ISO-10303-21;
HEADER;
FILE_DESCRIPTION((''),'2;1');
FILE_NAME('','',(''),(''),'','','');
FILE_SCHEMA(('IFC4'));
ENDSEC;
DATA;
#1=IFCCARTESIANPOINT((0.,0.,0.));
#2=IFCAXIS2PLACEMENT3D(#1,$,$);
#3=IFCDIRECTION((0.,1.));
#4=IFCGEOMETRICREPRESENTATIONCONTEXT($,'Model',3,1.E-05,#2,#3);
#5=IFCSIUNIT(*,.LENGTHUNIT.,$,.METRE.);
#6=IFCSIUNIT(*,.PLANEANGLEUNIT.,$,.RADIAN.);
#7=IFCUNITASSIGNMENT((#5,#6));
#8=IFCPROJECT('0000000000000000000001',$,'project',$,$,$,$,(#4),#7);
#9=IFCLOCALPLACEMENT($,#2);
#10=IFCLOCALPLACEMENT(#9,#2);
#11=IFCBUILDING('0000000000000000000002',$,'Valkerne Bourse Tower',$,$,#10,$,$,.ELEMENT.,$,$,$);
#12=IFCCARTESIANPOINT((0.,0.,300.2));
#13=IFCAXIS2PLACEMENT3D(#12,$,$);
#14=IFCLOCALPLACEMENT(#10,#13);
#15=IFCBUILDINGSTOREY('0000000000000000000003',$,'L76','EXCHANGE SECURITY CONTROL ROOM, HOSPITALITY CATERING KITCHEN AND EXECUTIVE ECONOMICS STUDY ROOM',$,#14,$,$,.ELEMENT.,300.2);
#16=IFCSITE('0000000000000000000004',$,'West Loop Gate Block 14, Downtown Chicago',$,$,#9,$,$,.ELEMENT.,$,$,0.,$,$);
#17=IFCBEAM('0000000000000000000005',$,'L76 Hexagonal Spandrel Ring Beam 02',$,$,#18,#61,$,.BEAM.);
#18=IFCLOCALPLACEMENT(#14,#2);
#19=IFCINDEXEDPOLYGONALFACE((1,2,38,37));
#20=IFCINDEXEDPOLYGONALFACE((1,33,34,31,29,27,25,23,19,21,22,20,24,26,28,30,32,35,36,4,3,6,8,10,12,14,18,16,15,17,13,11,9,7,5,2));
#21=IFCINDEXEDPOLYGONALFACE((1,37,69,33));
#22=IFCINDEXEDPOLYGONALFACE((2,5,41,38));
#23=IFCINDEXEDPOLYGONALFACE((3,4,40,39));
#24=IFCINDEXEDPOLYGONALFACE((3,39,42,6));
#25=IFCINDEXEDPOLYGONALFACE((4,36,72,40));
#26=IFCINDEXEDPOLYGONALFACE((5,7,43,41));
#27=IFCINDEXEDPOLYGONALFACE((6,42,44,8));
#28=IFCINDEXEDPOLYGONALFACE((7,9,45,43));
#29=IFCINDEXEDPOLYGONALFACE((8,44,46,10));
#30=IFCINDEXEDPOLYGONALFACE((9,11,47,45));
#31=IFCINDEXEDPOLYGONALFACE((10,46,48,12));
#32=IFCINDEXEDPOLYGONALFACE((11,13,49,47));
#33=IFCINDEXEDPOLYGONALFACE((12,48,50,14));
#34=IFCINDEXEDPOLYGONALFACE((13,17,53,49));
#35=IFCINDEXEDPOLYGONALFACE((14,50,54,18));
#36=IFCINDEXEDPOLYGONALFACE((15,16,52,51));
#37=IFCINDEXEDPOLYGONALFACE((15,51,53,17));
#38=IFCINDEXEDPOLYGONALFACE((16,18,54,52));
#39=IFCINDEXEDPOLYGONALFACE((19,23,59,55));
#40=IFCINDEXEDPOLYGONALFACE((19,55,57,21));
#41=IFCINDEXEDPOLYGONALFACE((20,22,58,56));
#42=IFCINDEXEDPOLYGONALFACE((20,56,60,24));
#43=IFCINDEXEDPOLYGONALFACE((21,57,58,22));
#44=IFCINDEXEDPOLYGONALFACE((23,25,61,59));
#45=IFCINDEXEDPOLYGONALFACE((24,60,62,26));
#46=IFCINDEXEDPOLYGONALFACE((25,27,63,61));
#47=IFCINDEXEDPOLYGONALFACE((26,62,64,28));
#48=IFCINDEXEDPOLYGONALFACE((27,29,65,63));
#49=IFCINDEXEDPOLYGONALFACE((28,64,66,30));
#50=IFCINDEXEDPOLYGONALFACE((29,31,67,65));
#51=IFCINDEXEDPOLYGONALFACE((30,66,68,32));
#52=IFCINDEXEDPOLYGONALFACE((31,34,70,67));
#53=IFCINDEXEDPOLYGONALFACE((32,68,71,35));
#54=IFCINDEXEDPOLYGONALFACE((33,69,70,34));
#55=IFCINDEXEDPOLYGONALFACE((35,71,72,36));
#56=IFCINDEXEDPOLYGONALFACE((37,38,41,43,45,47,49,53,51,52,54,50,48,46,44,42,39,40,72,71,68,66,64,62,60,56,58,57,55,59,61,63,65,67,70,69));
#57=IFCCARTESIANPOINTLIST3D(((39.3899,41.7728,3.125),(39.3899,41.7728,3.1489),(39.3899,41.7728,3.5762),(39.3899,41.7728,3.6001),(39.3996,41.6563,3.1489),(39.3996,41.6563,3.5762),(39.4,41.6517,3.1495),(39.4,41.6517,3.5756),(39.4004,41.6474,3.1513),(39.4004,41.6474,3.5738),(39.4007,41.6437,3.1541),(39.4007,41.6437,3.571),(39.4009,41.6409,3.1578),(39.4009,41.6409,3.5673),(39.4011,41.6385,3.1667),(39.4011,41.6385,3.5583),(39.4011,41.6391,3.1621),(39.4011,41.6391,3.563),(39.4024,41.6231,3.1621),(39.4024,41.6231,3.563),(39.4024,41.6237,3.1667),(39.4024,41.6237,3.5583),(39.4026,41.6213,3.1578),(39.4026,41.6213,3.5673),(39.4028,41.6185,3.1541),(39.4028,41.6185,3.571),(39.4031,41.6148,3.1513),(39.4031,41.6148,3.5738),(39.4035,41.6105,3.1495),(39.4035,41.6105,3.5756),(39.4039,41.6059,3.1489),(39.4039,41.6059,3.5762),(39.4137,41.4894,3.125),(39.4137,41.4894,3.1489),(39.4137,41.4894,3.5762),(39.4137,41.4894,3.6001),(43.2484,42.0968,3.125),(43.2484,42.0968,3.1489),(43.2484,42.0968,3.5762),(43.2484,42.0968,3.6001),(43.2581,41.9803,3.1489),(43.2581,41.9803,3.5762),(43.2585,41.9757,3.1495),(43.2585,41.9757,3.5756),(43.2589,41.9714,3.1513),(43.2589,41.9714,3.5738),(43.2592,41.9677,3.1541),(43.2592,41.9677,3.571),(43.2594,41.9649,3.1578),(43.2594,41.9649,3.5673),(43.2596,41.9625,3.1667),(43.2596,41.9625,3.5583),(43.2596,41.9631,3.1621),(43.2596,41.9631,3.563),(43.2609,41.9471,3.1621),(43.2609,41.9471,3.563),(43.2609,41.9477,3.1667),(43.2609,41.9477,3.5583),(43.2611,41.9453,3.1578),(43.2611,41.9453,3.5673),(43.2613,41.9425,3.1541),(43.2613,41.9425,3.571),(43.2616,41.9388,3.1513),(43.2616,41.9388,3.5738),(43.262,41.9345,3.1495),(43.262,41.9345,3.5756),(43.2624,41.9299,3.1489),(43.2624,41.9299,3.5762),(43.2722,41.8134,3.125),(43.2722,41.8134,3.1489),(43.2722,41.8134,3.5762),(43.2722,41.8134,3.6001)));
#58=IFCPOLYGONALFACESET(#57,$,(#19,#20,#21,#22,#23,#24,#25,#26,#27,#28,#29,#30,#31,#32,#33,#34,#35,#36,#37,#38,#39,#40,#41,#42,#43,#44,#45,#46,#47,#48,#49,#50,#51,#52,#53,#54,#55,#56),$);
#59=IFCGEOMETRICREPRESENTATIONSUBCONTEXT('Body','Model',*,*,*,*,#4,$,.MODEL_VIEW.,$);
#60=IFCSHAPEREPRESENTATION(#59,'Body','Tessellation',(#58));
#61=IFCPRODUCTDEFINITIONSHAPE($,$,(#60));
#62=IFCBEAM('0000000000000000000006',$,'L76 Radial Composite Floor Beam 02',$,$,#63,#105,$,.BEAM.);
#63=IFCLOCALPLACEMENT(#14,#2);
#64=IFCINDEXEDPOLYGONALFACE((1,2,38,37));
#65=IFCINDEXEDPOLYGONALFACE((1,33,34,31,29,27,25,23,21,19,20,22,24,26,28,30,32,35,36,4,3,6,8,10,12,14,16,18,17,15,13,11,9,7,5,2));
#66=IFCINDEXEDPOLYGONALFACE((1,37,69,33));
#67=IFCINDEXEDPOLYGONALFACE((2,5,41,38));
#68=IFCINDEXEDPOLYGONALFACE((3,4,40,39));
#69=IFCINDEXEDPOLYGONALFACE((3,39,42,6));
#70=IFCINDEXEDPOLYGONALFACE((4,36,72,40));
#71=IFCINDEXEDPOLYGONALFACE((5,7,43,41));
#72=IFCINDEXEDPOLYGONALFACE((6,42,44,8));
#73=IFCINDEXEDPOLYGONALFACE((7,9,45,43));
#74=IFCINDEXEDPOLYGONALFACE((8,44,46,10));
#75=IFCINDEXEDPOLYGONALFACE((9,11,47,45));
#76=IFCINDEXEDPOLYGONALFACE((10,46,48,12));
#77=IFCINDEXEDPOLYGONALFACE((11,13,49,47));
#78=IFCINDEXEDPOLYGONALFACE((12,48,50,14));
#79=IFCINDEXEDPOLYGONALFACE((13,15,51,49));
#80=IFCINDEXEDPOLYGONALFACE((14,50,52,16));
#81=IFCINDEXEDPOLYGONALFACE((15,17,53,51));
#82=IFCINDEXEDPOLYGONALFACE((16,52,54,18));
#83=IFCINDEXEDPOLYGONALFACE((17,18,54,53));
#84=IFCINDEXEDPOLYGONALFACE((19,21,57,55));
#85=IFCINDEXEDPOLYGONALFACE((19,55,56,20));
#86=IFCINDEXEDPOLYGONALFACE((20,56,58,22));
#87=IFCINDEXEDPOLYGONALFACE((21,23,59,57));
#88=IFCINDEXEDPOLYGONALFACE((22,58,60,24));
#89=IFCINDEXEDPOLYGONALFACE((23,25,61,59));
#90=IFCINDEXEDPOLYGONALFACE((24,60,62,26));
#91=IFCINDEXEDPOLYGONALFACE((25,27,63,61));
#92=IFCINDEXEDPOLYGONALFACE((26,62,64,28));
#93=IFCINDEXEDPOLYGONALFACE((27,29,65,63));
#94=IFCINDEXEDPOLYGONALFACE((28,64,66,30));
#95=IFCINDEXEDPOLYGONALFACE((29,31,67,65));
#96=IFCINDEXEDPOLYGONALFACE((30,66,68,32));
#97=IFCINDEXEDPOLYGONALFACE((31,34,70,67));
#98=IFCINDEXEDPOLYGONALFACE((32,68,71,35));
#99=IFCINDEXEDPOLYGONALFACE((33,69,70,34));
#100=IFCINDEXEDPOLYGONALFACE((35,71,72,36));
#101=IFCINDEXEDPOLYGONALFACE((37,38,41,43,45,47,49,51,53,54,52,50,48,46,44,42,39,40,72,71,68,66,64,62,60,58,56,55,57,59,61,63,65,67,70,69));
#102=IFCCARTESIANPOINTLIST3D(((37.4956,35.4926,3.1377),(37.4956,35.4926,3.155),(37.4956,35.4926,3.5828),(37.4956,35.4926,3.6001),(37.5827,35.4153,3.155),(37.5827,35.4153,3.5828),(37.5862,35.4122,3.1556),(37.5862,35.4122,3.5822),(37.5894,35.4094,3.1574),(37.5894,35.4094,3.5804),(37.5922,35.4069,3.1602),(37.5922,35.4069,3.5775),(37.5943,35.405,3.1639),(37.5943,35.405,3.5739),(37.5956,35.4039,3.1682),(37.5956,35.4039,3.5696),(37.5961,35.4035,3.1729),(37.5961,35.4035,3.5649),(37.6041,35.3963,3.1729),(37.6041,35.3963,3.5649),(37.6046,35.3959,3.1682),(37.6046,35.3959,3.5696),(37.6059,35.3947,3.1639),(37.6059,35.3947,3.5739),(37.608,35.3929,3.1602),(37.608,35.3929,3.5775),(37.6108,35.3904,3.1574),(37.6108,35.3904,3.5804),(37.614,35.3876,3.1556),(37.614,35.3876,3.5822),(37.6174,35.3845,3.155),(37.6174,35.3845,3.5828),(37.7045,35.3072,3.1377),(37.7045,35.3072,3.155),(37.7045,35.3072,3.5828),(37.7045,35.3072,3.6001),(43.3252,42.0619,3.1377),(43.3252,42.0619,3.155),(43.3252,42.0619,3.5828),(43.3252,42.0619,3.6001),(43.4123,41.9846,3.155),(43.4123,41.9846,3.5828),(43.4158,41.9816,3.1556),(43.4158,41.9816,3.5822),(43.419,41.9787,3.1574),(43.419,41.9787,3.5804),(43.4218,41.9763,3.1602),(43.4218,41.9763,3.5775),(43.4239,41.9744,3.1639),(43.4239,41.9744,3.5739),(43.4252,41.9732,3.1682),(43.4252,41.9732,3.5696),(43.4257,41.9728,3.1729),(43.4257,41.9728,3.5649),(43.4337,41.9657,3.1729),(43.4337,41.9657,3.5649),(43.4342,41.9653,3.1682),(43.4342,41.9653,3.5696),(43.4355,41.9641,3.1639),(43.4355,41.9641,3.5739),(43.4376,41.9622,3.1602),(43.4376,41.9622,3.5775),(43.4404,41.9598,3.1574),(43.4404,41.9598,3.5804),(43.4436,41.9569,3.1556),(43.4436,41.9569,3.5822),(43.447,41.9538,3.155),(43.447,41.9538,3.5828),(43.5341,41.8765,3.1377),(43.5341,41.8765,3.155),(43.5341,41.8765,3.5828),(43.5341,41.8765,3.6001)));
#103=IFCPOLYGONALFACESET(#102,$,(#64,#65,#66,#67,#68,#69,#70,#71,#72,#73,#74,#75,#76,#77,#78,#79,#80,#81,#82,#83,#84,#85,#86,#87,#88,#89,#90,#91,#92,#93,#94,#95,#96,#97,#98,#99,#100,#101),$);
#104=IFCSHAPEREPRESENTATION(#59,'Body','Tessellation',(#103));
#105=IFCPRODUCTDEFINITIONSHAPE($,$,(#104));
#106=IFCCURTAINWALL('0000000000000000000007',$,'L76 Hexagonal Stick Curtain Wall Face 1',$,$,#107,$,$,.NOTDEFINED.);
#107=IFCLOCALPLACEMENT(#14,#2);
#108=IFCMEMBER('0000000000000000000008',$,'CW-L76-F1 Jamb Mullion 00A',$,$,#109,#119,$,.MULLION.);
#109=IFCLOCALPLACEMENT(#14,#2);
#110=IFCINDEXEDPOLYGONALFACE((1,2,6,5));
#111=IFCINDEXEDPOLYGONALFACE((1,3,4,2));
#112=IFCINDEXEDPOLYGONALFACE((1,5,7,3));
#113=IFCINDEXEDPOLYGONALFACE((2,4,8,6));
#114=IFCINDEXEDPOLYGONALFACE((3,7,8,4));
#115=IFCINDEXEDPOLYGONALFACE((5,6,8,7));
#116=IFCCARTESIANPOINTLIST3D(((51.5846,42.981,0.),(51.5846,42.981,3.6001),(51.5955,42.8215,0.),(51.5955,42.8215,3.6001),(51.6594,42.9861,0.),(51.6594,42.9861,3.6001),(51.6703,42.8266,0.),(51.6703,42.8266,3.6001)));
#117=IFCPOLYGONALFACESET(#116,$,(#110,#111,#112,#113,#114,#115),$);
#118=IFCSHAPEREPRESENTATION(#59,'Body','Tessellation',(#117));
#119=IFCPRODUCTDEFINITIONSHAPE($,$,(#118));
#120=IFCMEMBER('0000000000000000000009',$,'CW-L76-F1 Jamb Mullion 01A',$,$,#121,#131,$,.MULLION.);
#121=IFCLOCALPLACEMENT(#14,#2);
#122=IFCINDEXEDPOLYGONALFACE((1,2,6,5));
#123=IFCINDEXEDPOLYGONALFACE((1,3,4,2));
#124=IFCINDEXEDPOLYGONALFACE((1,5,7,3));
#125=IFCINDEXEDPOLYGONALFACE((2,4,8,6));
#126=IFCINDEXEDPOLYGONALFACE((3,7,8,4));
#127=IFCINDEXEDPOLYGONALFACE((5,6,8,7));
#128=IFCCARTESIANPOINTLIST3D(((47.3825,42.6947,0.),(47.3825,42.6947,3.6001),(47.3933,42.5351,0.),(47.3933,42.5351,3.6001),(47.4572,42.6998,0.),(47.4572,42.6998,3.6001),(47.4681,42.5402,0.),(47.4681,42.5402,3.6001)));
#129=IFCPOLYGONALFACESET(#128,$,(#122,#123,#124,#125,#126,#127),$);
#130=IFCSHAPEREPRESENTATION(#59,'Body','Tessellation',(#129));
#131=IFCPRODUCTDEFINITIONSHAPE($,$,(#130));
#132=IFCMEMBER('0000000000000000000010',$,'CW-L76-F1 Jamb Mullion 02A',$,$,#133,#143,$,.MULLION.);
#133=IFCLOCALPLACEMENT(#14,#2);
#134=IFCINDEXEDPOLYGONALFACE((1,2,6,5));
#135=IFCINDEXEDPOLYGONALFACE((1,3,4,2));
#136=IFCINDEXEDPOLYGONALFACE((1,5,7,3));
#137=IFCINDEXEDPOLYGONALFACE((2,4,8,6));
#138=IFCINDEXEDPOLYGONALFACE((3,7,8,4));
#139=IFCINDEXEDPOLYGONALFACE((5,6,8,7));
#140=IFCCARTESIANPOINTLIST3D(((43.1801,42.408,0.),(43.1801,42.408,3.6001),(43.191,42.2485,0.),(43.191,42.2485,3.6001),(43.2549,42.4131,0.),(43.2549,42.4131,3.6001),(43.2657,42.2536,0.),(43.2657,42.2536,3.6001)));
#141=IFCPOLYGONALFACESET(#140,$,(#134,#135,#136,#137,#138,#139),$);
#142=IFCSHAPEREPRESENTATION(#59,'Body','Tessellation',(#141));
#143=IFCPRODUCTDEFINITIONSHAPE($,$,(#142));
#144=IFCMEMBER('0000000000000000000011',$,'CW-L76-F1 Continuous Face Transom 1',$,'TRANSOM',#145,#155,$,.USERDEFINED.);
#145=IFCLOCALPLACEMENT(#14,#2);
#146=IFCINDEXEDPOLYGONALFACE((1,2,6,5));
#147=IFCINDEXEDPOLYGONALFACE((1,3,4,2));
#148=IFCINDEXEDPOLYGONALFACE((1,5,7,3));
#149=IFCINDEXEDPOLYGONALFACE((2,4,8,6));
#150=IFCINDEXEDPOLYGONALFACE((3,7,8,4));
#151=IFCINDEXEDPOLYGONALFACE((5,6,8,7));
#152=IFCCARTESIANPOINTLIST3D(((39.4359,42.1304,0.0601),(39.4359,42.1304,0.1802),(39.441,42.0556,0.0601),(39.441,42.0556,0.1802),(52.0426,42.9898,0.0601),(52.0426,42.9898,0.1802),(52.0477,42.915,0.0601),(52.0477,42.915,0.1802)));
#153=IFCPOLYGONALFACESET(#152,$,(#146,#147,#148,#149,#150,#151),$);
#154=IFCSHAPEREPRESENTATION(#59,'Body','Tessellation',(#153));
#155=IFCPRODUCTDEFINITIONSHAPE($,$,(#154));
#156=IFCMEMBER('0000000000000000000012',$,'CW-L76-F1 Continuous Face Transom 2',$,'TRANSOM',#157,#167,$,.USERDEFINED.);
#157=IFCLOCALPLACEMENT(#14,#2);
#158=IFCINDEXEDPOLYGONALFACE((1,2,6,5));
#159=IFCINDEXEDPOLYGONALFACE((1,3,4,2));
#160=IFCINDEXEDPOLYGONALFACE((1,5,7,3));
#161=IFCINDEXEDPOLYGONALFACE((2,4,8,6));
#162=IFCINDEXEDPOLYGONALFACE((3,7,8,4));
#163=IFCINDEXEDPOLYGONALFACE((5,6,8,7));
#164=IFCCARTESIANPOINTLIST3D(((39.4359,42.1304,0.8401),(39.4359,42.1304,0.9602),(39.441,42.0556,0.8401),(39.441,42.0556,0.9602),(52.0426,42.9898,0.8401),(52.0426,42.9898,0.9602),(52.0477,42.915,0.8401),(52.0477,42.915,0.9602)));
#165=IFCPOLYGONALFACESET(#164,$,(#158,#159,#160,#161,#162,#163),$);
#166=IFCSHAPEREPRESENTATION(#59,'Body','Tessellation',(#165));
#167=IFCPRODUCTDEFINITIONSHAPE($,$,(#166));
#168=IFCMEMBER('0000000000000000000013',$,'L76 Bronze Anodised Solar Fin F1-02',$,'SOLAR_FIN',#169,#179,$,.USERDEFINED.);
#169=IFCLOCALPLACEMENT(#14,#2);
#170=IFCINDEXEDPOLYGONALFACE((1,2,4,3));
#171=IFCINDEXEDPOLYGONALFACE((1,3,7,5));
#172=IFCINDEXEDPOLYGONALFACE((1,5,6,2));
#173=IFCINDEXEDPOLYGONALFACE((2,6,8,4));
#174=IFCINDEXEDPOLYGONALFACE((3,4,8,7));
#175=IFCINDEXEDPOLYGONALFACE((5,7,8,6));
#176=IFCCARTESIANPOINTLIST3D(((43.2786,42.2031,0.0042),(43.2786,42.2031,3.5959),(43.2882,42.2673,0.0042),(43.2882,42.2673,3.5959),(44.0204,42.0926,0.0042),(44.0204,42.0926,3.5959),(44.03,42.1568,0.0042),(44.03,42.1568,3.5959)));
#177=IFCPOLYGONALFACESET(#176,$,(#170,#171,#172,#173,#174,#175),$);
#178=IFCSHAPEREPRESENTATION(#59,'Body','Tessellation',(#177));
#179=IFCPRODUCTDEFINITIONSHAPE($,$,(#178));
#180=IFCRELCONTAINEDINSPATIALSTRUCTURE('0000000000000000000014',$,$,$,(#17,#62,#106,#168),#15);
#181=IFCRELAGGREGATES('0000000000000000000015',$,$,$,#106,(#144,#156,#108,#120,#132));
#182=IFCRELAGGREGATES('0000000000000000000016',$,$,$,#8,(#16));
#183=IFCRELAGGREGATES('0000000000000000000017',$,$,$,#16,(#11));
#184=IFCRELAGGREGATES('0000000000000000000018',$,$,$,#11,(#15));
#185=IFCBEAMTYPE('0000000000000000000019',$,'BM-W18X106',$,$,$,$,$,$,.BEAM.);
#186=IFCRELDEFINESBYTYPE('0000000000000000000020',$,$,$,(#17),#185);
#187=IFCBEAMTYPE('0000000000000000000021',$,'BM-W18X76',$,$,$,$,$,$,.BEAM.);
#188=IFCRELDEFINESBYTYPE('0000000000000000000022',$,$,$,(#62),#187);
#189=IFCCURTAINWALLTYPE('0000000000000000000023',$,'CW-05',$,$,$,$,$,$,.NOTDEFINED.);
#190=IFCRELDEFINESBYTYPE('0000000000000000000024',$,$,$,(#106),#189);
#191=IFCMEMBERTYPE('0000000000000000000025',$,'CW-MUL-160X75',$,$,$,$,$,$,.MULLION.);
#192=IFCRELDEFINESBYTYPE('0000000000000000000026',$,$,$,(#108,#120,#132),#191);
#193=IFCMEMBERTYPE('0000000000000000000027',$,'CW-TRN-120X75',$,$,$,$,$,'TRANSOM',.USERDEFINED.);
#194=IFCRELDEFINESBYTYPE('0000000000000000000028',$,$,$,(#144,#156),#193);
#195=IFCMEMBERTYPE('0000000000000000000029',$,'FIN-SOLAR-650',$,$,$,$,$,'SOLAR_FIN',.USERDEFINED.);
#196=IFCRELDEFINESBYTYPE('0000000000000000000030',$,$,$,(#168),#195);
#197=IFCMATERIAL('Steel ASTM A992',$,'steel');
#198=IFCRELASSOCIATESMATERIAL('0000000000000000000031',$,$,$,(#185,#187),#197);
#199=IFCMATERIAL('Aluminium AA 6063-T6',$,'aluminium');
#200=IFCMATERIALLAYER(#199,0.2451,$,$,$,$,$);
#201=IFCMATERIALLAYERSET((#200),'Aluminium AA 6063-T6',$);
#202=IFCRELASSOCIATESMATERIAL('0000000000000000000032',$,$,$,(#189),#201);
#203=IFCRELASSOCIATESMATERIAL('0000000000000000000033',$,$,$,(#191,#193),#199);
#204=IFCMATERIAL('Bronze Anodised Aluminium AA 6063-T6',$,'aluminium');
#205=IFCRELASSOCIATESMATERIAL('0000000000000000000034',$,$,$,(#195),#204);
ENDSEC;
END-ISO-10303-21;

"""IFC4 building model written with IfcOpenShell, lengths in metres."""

from ifc_helpers import new_model, si_unit, direction, frame, origin, origin_2d, place, context, subcontext, project, spatial, rectangle, i_section, extrude, material, layer, layer_set, material_profile, profile_set, type_object, element, aggregate, save


model = new_model("IFC4")

# Units and contexts
model_context = context("Model", 3, precision=1e-05, world=origin(), true_north=direction((0.0, 1.0)))
body_context = subcontext(model_context, "Body", "Model", "MODEL_VIEW")
ifc_project = project(units=[si_unit("LENGTHUNIT", "METRE"), si_unit("PLANEANGLEUNIT", "RADIAN")], contexts=[model_context])

# Site, building, storey
site_placement = place(None, origin())
site = spatial("IfcSite", under=ifc_project, at=site_placement, Name="West Loop Gate Block 14, Downtown Chicago", CompositionType="ELEMENT", RefElevation=0.0)
building_placement = place(site_placement, origin())
building = spatial("IfcBuilding", under=site, at=building_placement, Name="Valkerne Bourse Tower", CompositionType="ELEMENT")
storey_placement = place(building_placement, frame((0.0, 0.0, 300.2)))
storey = spatial("IfcBuildingStorey", under=building, at=storey_placement, Name="L76", Description="EXCHANGE SECURITY CONTROL ROOM, HOSPITALITY CATERING KITCHEN AND EXECUTIVE ECONOMICS STUDY ROOM", CompositionType="ELEMENT", Elevation=300.2)

# Beams
ifc_material_1 = material(Name="Steel ASTM A992", Category="steel")
ifc_material_profile_1 = material_profile(ifc_material_1, i_section(OverallWidth=0.2844, OverallDepth=0.4751, WebThickness=0.0149, FlangeThickness=0.0239, FilletRadius=0.0178, at=origin_2d()), Name="W18X106")
ifc_profile_set_1 = profile_set([ifc_material_profile_1], Name="Steel ASTM A992")
beam_type_1 = type_object("IfcBeamType", Name="BM-W18X106", PredefinedType="BEAM", material=ifc_profile_set_1)
for number, where, z_axis, x_axis, name in (
    (1, (43.2603, 41.9551, 3.3625), (-0.996493, -0.083672, 0.0), (0.083672, -0.996493, 0.0), "L76 Hexagonal Spandrel Ring Beam 02"),
):
    element("IfcBeam", number, at=place(storey_placement, frame(where, z_axis=z_axis, x_axis=x_axis)), inside=storey, type_object=beam_type_1, Name=name, PredefinedType="BEAM", context=body_context, shape_type="SweptSolid", body=[
        extrude(i_section(OverallWidth=0.2844, OverallDepth=0.4751, WebThickness=0.0149, FlangeThickness=0.0239, FilletRadius=0.0178, at=origin_2d()), origin(), (0.0, 0.0, 1.0), 3.8721),
    ])
ifc_material_profile_2 = material_profile(ifc_material_1, i_section(OverallWidth=0.2793, OverallDepth=0.4624, WebThickness=0.0107, FlangeThickness=0.0173, FilletRadius=0.0178, at=origin_2d()), Name="W18X76")
ifc_profile_set_2 = profile_set([ifc_material_profile_2], Name="Steel ASTM A992")
beam_type_2 = type_object("IfcBeamType", Name="BM-W18X76", PredefinedType="BEAM", material=ifc_profile_set_2)
beam_placement = place(storey_placement, frame((43.4297, 41.9692, 3.3689), z_axis=(-0.663739, -0.747964, 0.0), x_axis=(0.747964, -0.663739, 0.0)))
element("IfcBeam", 2, at=beam_placement, inside=storey, type_object=beam_type_2, Name="L76 Radial Composite Floor Beam 02", PredefinedType="BEAM", context=body_context, shape_type="SweptSolid", body=[
    extrude(i_section(OverallWidth=0.2793, OverallDepth=0.4624, WebThickness=0.0107, FlangeThickness=0.0173, FilletRadius=0.0178, at=origin_2d()), origin(), (0.0, 0.0, 1.0), 8.783),
])

# Curtain wall, members
ifc_material_2 = material(Name="Aluminium AA 6063-T6", Category="aluminium")
ifc_layer_1 = layer(ifc_material_2, 0.2451)
ifc_layer_set_1 = layer_set([ifc_layer_1], Name="Aluminium AA 6063-T6")
curtain_wall_type = type_object("IfcCurtainWallType", Name="CW-05", PredefinedType="NOTDEFINED", material=ifc_layer_set_1)
curtain_wall_placement = place(storey_placement, origin())
curtain_wall = element("IfcCurtainWall", 3, at=curtain_wall_placement, inside=storey, type_object=curtain_wall_type, Name="L76 Hexagonal Stick Curtain Wall Face 1", PredefinedType="NOTDEFINED")
ifc_material_profile_3 = material_profile(ifc_material_2, rectangle(XDim=0.075, YDim=0.1599, at=origin_2d()), Name="CWM-75X160")
ifc_profile_set_3 = profile_set([ifc_material_profile_3], Name="Aluminium AA 6063-T6")
member_type_1 = type_object("IfcMemberType", Name="CW-MUL-160X75", PredefinedType="MULLION", material=ifc_profile_set_3)
member_1_placement = place(storey_placement, frame((51.6274, 42.9038, 0.0), z_axis=(0.0, 0.0, 1.0), x_axis=(-0.997684, -0.068021, 0.0)))
member_1 = element("IfcMember", 4, at=member_1_placement, type_object=member_type_1, Name="CW-L76-F1 Jamb Mullion 00A", PredefinedType="MULLION", context=body_context, shape_type="SweptSolid", body=[
    extrude(rectangle(XDim=0.075, YDim=0.1599, at=origin_2d()), origin(), (0.0, 0.0, 1.0), 3.6001),
])
member_2_placement = place(storey_placement, frame((47.4253, 42.6174, 0.0), z_axis=(0.0, 0.0, 1.0), x_axis=(-0.997684, -0.068019, 0.0)))
member_2 = element("IfcMember", 5, at=member_2_placement, type_object=member_type_1, Name="CW-L76-F1 Jamb Mullion 01A", PredefinedType="MULLION", context=body_context, shape_type="SweptSolid", body=[
    extrude(rectangle(XDim=0.075, YDim=0.1599, at=origin_2d()), origin(), (0.0, 0.0, 1.0), 3.6001),
])
member_3_placement = place(storey_placement, frame((43.2229, 42.3308, 0.0), z_axis=(0.0, 0.0, 1.0), x_axis=(-0.997684, -0.068021, 0.0)))
member_3 = element("IfcMember", 6, at=member_3_placement, type_object=member_type_1, Name="CW-L76-F1 Jamb Mullion 02A", PredefinedType="MULLION", context=body_context, shape_type="SweptSolid", body=[
    extrude(rectangle(XDim=0.075, YDim=0.1599, at=origin_2d()), origin(), (0.0, 0.0, 1.0), 3.6001),
])
ifc_material_profile_4 = material_profile(ifc_material_2, rectangle(XDim=0.075, YDim=0.1201, at=origin_2d()), Name="CWT-75X120")
ifc_profile_set_4 = profile_set([ifc_material_profile_4], Name="Aluminium AA 6063-T6")
member_type_2 = type_object("IfcMemberType", Name="CW-TRN-120X75", ElementType="TRANSOM", PredefinedType="USERDEFINED", material=ifc_profile_set_4)
member_4_placement = place(storey_placement, frame((52.0452, 42.9524, 0.1201), z_axis=(-0.997685, -0.06801, 0.0), x_axis=(0.06801, -0.997685, 0.0)))
member_4 = element("IfcMember", 7, at=member_4_placement, type_object=member_type_2, Name="CW-L76-F1 Continuous Face Transom 1", ObjectType="TRANSOM", PredefinedType="USERDEFINED", context=body_context, shape_type="SweptSolid", body=[
    extrude(rectangle(XDim=0.075, YDim=0.1201, at=origin_2d()), origin(), (0.0, 0.0, 1.0), 12.636),
])
member_5_placement = place(storey_placement, frame((52.0452, 42.9524, 0.9001), z_axis=(-0.997685, -0.06801, 0.0), x_axis=(0.06801, -0.997685, 0.0)))
member_5 = element("IfcMember", 8, at=member_5_placement, type_object=member_type_2, Name="CW-L76-F1 Continuous Face Transom 2", ObjectType="TRANSOM", PredefinedType="USERDEFINED", context=body_context, shape_type="SweptSolid", body=[
    extrude(rectangle(XDim=0.075, YDim=0.1201, at=origin_2d()), origin(), (0.0, 0.0, 1.0), 12.636),
])

# Member
ifc_material_3 = material(Name="Bronze Anodised Aluminium AA 6063-T6", Category="aluminium")
ifc_material_profile_5 = material_profile(ifc_material_3, rectangle(XDim=0.0649, YDim=0.75, at=origin_2d()), Name="FIN-65X750")
ifc_profile_set_5 = profile_set([ifc_material_profile_5], Name="Bronze Anodised Aluminium AA 6063-T6")
member_type_3 = type_object("IfcMemberType", Name="FIN-SOLAR-650", ElementType="SOLAR_FIN", PredefinedType="USERDEFINED", material=ifc_profile_set_5)
member_6_placement = place(storey_placement, frame((43.6543, 42.1799, 0.0042), z_axis=(0.0, 0.0, 1.0), x_axis=(0.147333, 0.989087, 0.0)))
element("IfcMember", 9, at=member_6_placement, inside=storey, type_object=member_type_3, Name="L76 Bronze Anodised Solar Fin F1-02", ObjectType="SOLAR_FIN", PredefinedType="USERDEFINED", context=body_context, shape_type="SweptSolid", body=[
    extrude(rectangle(XDim=0.0649, YDim=0.75, at=origin_2d()), origin(), (0.0, 0.0, 1.0), 3.5918),
])

aggregate(curtain_wall, [member_4, member_5, member_1, member_2, member_3])

save(model, "model.ifc")
